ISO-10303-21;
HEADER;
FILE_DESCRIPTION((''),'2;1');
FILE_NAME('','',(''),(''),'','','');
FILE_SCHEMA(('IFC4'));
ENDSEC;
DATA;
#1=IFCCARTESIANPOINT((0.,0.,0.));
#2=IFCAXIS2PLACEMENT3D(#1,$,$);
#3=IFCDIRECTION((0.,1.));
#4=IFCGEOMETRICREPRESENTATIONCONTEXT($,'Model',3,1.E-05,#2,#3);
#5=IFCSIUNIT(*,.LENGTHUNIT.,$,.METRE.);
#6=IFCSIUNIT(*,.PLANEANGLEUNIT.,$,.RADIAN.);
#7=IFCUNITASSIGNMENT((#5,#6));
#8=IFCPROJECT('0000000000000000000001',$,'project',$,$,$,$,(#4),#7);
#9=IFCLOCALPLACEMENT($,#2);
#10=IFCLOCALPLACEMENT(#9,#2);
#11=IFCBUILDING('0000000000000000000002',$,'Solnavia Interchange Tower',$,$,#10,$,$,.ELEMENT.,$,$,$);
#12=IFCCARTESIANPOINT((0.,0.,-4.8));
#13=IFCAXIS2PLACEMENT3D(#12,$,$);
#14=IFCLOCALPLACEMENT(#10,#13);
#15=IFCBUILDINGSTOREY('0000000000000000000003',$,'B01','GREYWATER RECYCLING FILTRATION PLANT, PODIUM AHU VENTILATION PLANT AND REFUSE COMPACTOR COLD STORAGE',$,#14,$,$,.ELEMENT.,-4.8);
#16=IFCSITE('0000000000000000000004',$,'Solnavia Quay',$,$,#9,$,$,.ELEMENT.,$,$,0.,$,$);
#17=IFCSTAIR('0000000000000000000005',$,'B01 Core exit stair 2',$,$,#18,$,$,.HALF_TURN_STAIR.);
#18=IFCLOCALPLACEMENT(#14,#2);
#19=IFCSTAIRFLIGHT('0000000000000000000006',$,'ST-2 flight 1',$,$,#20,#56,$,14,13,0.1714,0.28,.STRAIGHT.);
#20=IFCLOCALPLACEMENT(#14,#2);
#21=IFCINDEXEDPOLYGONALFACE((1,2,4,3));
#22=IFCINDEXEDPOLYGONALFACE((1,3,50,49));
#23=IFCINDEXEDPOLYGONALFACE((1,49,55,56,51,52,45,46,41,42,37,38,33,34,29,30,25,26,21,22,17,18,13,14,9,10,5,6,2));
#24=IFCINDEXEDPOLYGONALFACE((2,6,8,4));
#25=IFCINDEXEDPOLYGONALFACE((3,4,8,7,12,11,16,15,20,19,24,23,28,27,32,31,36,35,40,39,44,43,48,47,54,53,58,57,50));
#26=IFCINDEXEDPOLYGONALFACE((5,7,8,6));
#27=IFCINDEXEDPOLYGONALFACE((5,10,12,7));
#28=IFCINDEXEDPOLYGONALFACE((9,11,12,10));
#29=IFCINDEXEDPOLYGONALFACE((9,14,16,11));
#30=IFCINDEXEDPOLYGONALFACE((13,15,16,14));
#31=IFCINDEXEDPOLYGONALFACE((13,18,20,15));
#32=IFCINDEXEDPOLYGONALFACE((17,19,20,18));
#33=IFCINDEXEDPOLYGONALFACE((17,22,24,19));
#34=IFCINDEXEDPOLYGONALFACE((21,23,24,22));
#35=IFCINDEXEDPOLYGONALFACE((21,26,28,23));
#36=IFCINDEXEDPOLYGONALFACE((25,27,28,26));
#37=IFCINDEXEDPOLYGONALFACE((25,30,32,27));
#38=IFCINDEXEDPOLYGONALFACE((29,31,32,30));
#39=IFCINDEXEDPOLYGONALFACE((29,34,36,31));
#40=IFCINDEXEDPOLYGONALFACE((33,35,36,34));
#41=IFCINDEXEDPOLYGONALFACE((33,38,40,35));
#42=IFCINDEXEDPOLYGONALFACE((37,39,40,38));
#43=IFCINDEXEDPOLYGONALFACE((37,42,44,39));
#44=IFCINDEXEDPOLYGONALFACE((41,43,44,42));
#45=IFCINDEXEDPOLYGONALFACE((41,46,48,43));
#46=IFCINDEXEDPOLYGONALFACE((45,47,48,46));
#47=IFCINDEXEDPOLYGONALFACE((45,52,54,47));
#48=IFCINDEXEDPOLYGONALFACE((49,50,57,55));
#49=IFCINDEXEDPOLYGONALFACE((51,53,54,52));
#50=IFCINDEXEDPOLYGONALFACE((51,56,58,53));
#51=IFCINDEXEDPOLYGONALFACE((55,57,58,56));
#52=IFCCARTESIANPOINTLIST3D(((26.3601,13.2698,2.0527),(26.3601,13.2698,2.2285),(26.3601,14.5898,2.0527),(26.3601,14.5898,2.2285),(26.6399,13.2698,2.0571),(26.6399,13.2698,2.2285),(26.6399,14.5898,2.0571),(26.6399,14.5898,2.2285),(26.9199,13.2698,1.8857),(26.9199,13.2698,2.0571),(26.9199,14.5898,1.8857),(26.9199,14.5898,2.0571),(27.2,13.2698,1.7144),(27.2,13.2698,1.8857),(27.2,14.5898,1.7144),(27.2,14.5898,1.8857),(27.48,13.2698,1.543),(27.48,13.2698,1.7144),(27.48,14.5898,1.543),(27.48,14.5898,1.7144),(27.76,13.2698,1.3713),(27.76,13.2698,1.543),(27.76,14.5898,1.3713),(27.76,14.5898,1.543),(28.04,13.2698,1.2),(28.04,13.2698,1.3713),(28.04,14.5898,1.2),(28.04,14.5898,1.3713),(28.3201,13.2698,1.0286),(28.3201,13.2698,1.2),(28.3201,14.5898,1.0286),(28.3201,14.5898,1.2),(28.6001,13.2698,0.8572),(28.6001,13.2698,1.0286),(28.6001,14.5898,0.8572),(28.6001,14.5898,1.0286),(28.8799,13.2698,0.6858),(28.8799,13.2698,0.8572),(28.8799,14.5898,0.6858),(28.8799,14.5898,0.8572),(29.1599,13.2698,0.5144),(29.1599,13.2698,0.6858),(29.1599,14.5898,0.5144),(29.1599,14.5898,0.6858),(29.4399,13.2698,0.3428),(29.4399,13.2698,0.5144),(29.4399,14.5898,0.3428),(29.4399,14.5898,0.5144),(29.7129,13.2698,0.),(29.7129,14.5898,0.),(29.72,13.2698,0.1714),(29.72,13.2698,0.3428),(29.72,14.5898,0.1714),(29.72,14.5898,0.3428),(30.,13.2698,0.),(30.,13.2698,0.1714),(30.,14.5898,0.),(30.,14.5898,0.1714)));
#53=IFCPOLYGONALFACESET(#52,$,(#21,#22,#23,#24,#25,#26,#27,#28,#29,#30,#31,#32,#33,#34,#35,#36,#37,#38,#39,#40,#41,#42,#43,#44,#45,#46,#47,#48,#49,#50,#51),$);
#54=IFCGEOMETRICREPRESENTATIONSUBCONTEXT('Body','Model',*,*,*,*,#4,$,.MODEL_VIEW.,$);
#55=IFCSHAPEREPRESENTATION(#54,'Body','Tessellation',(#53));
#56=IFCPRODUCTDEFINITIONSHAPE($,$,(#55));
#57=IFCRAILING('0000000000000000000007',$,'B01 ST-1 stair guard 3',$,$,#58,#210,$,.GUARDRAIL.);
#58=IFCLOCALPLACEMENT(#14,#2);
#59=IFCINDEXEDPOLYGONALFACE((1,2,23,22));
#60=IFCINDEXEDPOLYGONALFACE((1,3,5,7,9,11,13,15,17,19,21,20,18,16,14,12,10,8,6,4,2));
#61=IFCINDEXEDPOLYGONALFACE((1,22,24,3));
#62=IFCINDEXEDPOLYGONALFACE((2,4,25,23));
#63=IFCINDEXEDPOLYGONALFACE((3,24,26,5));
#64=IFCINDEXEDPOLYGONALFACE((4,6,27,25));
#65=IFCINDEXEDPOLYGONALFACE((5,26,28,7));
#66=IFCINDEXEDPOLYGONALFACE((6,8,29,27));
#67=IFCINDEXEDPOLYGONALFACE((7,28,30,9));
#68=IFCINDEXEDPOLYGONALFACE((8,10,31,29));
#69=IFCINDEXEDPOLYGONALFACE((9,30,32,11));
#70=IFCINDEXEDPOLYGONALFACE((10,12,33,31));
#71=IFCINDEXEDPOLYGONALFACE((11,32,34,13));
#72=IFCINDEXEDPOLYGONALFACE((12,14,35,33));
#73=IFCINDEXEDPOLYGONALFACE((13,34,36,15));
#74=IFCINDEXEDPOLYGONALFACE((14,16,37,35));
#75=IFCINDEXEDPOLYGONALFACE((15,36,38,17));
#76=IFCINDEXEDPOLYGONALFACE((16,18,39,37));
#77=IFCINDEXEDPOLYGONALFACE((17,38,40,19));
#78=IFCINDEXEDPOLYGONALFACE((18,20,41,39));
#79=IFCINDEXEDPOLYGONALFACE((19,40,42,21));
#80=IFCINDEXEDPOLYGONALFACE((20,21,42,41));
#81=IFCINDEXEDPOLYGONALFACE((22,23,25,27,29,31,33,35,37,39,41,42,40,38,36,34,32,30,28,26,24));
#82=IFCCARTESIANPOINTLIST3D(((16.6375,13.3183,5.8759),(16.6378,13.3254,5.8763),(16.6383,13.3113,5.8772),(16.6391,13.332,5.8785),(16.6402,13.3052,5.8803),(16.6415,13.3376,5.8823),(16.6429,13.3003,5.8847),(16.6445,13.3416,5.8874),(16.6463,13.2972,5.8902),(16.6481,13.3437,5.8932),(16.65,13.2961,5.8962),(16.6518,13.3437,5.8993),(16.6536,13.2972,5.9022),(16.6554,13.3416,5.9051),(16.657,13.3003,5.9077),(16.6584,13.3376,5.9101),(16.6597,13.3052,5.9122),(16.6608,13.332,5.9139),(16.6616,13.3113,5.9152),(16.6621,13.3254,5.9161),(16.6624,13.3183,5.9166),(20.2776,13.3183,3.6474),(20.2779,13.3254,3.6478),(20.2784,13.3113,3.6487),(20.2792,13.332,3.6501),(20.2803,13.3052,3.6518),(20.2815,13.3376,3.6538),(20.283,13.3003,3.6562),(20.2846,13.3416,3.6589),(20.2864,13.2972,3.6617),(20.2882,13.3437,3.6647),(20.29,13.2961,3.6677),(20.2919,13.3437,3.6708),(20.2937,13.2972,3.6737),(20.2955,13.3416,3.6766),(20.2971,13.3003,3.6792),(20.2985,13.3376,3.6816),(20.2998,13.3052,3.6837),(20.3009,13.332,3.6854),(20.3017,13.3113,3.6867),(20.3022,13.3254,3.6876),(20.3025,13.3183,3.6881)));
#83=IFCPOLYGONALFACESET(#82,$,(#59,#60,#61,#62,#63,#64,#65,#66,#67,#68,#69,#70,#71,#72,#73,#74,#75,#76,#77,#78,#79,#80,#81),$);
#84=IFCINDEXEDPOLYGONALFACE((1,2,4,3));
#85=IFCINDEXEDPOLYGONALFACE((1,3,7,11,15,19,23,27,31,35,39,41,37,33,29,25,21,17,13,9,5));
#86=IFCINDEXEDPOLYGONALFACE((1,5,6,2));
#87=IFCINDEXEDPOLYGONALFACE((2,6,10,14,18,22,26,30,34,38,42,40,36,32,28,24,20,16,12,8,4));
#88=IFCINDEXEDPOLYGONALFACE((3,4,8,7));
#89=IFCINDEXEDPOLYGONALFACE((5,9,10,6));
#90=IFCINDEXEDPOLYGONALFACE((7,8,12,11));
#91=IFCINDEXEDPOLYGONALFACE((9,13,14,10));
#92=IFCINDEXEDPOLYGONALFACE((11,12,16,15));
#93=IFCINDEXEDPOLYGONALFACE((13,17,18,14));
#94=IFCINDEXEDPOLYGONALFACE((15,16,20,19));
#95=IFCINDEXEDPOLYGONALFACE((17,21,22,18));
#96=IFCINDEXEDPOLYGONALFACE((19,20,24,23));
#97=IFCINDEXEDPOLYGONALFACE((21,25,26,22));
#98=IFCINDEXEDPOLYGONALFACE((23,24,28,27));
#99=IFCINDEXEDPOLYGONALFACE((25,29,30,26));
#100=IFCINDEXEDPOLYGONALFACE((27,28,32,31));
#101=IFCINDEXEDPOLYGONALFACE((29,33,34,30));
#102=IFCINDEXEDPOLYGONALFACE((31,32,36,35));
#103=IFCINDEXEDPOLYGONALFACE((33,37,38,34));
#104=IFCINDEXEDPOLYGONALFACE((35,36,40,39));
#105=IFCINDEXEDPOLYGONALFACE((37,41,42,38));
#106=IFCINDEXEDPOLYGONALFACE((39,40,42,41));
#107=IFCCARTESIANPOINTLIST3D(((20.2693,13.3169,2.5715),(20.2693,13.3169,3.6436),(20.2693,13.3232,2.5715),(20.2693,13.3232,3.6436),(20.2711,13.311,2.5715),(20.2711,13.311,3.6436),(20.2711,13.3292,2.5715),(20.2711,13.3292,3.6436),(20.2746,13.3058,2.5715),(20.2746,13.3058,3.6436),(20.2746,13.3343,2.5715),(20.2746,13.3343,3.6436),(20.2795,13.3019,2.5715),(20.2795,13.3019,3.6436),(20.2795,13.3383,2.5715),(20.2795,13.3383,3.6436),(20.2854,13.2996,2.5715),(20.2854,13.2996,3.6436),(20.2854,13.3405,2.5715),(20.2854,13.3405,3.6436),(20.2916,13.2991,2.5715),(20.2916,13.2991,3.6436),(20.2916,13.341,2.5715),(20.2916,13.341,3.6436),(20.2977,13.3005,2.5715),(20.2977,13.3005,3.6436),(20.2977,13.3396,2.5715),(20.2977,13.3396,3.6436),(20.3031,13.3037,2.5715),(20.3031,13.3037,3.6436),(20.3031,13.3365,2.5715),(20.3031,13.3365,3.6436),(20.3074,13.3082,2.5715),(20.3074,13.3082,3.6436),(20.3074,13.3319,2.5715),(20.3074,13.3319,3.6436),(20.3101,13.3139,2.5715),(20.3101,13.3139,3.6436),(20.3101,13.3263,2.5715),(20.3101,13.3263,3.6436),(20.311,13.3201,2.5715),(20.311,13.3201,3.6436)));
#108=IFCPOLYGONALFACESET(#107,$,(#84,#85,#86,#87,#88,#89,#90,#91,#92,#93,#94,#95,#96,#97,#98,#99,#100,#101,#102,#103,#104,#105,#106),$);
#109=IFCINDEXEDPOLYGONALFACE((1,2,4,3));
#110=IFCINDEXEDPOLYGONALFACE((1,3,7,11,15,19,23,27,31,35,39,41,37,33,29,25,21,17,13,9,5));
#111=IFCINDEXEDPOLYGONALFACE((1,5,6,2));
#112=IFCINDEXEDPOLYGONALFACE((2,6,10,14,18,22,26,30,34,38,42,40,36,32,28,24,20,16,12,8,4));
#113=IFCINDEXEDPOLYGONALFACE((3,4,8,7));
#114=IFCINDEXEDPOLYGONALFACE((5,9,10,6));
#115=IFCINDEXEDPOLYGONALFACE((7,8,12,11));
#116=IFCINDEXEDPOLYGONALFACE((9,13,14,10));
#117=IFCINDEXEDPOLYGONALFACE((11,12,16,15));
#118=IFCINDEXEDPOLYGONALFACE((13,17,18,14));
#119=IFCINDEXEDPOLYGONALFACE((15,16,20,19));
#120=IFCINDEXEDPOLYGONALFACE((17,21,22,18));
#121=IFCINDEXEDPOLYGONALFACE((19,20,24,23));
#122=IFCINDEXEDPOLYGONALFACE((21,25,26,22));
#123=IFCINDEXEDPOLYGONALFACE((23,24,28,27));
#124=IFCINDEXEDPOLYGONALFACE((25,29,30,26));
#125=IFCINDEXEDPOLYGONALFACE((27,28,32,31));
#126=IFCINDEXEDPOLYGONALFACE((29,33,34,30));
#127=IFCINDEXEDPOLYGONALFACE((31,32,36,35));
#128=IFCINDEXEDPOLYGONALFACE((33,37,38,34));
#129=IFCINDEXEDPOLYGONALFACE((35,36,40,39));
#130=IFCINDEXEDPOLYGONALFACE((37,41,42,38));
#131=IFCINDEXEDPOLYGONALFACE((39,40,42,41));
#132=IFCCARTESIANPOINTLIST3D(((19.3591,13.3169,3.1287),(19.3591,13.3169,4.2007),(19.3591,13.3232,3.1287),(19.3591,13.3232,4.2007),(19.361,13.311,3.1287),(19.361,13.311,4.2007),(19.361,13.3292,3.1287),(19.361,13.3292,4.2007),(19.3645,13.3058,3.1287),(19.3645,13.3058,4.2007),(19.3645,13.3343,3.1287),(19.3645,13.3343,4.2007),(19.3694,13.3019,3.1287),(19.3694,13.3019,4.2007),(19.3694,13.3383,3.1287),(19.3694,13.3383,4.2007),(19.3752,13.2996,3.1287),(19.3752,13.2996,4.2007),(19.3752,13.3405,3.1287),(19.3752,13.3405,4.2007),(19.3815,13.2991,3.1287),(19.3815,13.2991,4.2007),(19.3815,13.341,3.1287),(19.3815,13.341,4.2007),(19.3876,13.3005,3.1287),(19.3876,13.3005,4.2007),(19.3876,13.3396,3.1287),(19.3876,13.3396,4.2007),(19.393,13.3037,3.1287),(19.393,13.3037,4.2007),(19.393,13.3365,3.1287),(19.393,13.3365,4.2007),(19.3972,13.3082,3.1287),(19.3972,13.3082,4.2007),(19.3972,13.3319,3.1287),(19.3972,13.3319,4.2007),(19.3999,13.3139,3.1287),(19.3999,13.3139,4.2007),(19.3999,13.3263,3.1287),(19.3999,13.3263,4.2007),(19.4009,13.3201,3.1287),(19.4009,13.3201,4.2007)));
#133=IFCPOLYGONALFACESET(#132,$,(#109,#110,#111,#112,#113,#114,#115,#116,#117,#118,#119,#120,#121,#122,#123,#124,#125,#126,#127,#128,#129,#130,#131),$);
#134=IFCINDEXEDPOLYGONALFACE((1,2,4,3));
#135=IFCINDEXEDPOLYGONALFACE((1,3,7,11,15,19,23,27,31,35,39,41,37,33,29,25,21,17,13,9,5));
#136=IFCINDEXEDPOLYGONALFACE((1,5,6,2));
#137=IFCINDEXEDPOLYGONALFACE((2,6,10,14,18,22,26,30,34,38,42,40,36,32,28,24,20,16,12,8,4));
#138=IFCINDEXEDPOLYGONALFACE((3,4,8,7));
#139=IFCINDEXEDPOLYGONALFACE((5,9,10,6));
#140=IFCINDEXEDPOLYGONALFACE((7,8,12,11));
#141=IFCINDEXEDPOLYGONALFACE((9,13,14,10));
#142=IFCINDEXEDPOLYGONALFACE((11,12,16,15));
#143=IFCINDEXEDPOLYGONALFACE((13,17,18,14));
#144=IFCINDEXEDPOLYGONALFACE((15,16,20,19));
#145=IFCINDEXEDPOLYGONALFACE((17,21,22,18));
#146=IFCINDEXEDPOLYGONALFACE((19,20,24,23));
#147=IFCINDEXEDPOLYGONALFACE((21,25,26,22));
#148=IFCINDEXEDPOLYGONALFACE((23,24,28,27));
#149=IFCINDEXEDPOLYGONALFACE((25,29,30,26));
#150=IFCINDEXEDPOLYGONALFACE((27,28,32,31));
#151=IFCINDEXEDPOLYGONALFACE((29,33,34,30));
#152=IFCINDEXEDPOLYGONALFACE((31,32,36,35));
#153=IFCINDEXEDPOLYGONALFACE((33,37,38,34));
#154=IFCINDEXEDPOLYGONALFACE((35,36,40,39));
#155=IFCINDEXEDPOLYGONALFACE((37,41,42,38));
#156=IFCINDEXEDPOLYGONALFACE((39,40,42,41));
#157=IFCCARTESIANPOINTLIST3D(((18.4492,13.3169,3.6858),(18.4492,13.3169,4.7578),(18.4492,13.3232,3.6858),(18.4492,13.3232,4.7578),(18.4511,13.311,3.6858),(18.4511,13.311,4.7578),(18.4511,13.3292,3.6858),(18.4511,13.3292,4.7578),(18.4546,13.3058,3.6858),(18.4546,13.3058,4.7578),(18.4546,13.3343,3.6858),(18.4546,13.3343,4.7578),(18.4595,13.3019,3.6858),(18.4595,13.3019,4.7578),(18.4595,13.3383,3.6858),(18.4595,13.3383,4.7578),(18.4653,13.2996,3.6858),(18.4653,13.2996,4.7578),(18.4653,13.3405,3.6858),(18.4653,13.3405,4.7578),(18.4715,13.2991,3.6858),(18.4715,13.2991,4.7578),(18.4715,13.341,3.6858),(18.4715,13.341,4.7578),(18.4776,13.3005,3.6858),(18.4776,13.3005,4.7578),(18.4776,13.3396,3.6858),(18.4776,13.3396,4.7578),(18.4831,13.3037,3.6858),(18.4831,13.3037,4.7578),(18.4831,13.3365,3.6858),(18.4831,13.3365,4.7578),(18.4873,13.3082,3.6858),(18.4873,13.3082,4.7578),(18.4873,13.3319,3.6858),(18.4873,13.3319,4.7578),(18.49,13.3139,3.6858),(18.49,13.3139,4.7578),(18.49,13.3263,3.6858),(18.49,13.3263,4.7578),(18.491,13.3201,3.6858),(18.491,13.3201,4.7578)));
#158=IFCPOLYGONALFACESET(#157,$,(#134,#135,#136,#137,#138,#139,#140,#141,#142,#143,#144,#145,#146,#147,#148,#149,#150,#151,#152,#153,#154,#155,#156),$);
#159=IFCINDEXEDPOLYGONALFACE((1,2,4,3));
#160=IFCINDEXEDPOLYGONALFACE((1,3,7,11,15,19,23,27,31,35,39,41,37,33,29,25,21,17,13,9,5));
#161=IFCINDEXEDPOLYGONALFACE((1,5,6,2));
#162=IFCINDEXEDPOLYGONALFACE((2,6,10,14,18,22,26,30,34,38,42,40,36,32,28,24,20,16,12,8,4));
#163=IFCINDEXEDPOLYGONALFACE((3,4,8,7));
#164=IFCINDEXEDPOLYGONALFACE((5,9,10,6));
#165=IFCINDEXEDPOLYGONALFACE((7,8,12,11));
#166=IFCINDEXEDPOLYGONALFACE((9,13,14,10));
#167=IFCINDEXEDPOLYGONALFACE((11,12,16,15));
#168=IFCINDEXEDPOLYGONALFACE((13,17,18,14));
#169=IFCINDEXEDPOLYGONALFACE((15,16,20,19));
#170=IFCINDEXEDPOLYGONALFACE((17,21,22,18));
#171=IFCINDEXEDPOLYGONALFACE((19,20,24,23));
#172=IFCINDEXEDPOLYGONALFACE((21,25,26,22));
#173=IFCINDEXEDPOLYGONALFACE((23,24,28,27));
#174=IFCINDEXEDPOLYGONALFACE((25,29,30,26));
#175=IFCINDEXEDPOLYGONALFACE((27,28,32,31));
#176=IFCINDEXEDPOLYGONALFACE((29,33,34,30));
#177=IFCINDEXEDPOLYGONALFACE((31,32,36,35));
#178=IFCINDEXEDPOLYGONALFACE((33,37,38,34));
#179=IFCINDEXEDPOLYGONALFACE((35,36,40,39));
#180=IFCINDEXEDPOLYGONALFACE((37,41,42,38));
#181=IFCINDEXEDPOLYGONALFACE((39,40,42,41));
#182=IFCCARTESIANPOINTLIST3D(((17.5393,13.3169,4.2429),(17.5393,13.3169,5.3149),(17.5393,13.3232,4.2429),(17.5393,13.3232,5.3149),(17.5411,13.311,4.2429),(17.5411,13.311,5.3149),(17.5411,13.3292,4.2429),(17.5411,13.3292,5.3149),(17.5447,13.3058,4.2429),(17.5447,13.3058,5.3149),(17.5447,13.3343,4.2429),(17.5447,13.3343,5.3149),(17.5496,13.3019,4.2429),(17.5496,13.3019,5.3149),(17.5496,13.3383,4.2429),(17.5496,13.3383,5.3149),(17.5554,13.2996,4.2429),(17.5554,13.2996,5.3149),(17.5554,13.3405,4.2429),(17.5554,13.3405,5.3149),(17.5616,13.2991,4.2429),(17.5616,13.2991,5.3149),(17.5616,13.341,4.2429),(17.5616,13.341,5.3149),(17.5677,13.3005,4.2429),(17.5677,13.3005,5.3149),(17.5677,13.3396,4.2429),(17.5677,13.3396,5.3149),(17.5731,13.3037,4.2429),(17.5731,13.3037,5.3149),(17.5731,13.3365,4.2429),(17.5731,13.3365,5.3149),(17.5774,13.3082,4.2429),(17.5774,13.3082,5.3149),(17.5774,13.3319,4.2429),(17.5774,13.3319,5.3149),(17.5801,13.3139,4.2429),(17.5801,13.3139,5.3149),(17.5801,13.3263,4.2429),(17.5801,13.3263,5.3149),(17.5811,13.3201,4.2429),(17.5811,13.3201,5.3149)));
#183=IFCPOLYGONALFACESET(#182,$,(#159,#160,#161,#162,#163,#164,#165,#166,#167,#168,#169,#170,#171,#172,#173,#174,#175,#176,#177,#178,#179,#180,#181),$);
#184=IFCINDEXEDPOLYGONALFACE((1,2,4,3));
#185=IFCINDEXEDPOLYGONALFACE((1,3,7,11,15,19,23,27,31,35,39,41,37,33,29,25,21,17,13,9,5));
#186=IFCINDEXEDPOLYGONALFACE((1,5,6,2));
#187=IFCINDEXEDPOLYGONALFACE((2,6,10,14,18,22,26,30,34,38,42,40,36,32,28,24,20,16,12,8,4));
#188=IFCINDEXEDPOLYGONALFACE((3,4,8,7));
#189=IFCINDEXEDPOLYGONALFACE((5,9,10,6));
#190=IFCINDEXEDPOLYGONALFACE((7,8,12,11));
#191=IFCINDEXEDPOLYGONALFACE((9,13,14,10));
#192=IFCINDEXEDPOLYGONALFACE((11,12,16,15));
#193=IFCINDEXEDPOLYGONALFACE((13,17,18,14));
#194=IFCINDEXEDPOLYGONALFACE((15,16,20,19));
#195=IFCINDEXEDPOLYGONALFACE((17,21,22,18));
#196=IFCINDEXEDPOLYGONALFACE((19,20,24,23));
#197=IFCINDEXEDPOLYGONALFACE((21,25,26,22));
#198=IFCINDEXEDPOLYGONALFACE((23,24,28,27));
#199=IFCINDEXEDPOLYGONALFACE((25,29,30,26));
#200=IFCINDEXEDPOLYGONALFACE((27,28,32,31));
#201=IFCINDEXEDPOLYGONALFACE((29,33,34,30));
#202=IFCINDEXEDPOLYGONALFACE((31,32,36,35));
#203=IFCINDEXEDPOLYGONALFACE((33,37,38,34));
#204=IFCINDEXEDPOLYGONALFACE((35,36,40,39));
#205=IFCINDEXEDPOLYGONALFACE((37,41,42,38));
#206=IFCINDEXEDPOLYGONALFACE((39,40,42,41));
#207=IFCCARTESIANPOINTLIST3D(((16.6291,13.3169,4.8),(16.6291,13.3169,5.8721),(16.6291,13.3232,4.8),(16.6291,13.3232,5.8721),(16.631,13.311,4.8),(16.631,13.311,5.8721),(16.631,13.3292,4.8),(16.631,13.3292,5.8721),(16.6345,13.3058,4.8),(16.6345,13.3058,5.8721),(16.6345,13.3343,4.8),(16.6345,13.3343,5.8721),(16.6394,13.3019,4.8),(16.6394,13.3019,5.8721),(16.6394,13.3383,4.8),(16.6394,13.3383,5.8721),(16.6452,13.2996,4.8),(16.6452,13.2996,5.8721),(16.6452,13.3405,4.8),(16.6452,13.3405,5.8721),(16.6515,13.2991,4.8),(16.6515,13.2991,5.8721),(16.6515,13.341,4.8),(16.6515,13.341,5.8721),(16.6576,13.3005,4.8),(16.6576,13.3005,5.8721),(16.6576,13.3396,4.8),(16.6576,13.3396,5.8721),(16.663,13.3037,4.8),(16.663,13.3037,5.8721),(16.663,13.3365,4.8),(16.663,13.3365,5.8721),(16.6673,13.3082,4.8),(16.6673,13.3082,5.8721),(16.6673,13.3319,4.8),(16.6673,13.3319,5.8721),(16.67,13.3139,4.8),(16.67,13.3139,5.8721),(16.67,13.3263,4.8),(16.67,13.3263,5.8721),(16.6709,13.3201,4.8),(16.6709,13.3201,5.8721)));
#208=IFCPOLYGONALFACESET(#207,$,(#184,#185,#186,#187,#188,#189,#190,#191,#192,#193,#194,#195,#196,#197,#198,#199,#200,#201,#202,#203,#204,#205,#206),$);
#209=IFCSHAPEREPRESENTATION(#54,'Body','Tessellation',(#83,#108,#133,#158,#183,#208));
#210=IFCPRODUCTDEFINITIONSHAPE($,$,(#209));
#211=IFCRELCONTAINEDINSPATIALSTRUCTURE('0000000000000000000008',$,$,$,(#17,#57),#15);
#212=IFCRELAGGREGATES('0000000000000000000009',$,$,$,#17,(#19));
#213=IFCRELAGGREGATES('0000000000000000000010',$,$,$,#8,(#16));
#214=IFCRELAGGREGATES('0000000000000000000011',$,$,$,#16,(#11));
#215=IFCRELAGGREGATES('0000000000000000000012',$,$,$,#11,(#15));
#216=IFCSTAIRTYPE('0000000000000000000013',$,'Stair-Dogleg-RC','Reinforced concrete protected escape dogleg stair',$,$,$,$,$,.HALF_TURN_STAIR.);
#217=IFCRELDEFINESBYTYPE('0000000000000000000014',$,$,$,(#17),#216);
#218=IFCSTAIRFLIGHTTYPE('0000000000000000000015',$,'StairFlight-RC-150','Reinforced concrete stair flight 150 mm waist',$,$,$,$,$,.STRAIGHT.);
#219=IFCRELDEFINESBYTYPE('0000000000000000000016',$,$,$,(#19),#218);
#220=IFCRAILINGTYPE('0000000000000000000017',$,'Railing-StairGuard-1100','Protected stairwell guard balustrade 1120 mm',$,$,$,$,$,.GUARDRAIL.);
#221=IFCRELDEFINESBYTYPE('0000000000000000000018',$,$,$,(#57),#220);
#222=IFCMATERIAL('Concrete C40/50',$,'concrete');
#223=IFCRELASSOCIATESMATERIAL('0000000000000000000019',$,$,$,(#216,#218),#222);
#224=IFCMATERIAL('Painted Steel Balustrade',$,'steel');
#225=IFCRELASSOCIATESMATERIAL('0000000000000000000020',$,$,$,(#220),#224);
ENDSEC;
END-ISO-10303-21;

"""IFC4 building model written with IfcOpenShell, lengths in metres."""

from ifc_helpers import new_model, si_unit, direction, frame, origin, origin_2d, place, context, subcontext, project, spatial, polyline, circle, outline, extrude, material, type_object, element, aggregate, save


model = new_model("IFC4")

# Units and contexts
model_context = context("Model", 3, precision=1e-05, world=origin(), true_north=direction((0.0, 1.0)))
body_context = subcontext(model_context, "Body", "Model", "MODEL_VIEW")
ifc_project = project(units=[si_unit("LENGTHUNIT", "METRE"), si_unit("PLANEANGLEUNIT", "RADIAN")], contexts=[model_context])

# Site, building, storey
site_placement = place(None, origin())
site = spatial("IfcSite", under=ifc_project, at=site_placement, Name="Solnavia Quay", CompositionType="ELEMENT", RefElevation=0.0)
building_placement = place(site_placement, origin())
building = spatial("IfcBuilding", under=site, at=building_placement, Name="Solnavia Interchange Tower", CompositionType="ELEMENT")
storey_placement = place(building_placement, frame((0.0, 0.0, -4.8)))
storey = spatial("IfcBuildingStorey", under=building, at=storey_placement, Name="B01", Description="GREYWATER RECYCLING FILTRATION PLANT, PODIUM AHU VENTILATION PLANT AND REFUSE COMPACTOR COLD STORAGE", CompositionType="ELEMENT", Elevation=-4.8)

# Shared definitions
ifc_material_1 = material(Name="Concrete C40/50", Category="concrete")

# Stair, stair flight
stair_type = type_object("IfcStairType", Name="Stair-Dogleg-RC", Description="Reinforced concrete protected escape dogleg stair", PredefinedType="HALF_TURN_STAIR", material=ifc_material_1)
stair_flight_type = type_object("IfcStairFlightType", Name="StairFlight-RC-150", Description="Reinforced concrete stair flight 150 mm waist", PredefinedType="STRAIGHT", material=ifc_material_1)
stair_1_placement = place(storey_placement, origin())
stair_1 = element("IfcStair", 1, at=stair_1_placement, inside=storey, type_object=stair_type, Name="B01 Core exit stair 2", PredefinedType="HALF_TURN_STAIR")
stair_flight_1_placement = place(storey_placement, frame((30.0, 13.9299, 0.0), z_axis=(0.0, 0.0, 1.0), x_axis=(-1.0, 0.0, 0.0)))
stair_flight_1 = element("IfcStairFlight", 2, at=stair_flight_1_placement, type_object=stair_flight_type, Name="ST-2 flight 1", NumberOfRisers=14, NumberOfTreads=13, PredefinedType="STRAIGHT", RiserHeight=0.1714, TreadLength=0.28, context=body_context, shape_type="SweptSolid", body=[
    extrude(outline(polyline([(0.0, 0.0), (0.0, 0.1714), (0.28, 0.1714), (0.28, 0.3428), (0.5601, 0.3428), (0.5601, 0.5144), (0.8401, 0.5144), (0.8401, 0.6858), (1.1201, 0.6858), (1.1201, 0.8572), (1.3999, 0.8572), (1.3999, 1.0286), (1.6799, 1.0286), (1.6799, 1.2), (1.96, 1.2), (1.96, 1.3713), (2.24, 1.3713), (2.24, 1.543), (2.52, 1.543), (2.52, 1.7144), (2.8, 1.7144), (2.8, 1.8857), (3.0801, 1.8857), (3.0801, 2.0571), (3.3601, 2.0571), (3.3601, 2.2285), (3.6399, 2.2285), (3.6399, 2.3999), (3.6399, 2.0527), (0.2871, 0.0), (0.0, 0.0)])), frame((0.0, 0.6602, 0.0), z_axis=(0.0, -1.0, 0.0), x_axis=(1.0, 0.0, 0.0)), (0.0, 0.0, 1.0), 1.3201),
])
aggregate(stair_1, [stair_flight_1])

# Railing
ifc_material_2 = material(Name="Painted Steel Balustrade", Category="steel")
railing_type_1 = type_object("IfcRailingType", Name="Railing-StairGuard-1100", Description="Protected stairwell guard balustrade 1120 mm", PredefinedType="GUARDRAIL", material=ifc_material_2)
railing_1_placement = place(storey_placement, frame((20.29, 13.3201, 2.5715)))
element("IfcRailing", 3, at=railing_1_placement, inside=storey, type_object=railing_type_1, Name="B01 ST-1 stair guard 3", PredefinedType="GUARDRAIL", context=body_context, shape_type="SweptSolid", body=[
    extrude(circle(Radius=0.0239, at=origin_2d()), frame((0.0, 0.0, 1.0962), z_axis=(-0.852866, 0.0, 0.52213), x_axis=(0.0, -1.0, 0.0)), (0.0, 0.0, 1.0), 4.2681),
    extrude(circle(Radius=0.021, at=origin_2d()), origin(), (0.0, 0.0, 1.0), 1.072),
    extrude(circle(Radius=0.021, at=origin_2d()), frame((-0.9102, 0.0, 0.5571)), (0.0, 0.0, 1.0), 1.072),
    extrude(circle(Radius=0.021, at=origin_2d()), frame((-1.8201, 0.0, 1.1143)), (0.0, 0.0, 1.0), 1.072),
    extrude(circle(Radius=0.021, at=origin_2d()), frame((-2.73, 0.0, 1.6714)), (0.0, 0.0, 1.0), 1.072),
    extrude(circle(Radius=0.021, at=origin_2d()), frame((-3.6401, 0.0, 2.2285)), (0.0, 0.0, 1.0), 1.072),
])

save(model, "model.ifc")
